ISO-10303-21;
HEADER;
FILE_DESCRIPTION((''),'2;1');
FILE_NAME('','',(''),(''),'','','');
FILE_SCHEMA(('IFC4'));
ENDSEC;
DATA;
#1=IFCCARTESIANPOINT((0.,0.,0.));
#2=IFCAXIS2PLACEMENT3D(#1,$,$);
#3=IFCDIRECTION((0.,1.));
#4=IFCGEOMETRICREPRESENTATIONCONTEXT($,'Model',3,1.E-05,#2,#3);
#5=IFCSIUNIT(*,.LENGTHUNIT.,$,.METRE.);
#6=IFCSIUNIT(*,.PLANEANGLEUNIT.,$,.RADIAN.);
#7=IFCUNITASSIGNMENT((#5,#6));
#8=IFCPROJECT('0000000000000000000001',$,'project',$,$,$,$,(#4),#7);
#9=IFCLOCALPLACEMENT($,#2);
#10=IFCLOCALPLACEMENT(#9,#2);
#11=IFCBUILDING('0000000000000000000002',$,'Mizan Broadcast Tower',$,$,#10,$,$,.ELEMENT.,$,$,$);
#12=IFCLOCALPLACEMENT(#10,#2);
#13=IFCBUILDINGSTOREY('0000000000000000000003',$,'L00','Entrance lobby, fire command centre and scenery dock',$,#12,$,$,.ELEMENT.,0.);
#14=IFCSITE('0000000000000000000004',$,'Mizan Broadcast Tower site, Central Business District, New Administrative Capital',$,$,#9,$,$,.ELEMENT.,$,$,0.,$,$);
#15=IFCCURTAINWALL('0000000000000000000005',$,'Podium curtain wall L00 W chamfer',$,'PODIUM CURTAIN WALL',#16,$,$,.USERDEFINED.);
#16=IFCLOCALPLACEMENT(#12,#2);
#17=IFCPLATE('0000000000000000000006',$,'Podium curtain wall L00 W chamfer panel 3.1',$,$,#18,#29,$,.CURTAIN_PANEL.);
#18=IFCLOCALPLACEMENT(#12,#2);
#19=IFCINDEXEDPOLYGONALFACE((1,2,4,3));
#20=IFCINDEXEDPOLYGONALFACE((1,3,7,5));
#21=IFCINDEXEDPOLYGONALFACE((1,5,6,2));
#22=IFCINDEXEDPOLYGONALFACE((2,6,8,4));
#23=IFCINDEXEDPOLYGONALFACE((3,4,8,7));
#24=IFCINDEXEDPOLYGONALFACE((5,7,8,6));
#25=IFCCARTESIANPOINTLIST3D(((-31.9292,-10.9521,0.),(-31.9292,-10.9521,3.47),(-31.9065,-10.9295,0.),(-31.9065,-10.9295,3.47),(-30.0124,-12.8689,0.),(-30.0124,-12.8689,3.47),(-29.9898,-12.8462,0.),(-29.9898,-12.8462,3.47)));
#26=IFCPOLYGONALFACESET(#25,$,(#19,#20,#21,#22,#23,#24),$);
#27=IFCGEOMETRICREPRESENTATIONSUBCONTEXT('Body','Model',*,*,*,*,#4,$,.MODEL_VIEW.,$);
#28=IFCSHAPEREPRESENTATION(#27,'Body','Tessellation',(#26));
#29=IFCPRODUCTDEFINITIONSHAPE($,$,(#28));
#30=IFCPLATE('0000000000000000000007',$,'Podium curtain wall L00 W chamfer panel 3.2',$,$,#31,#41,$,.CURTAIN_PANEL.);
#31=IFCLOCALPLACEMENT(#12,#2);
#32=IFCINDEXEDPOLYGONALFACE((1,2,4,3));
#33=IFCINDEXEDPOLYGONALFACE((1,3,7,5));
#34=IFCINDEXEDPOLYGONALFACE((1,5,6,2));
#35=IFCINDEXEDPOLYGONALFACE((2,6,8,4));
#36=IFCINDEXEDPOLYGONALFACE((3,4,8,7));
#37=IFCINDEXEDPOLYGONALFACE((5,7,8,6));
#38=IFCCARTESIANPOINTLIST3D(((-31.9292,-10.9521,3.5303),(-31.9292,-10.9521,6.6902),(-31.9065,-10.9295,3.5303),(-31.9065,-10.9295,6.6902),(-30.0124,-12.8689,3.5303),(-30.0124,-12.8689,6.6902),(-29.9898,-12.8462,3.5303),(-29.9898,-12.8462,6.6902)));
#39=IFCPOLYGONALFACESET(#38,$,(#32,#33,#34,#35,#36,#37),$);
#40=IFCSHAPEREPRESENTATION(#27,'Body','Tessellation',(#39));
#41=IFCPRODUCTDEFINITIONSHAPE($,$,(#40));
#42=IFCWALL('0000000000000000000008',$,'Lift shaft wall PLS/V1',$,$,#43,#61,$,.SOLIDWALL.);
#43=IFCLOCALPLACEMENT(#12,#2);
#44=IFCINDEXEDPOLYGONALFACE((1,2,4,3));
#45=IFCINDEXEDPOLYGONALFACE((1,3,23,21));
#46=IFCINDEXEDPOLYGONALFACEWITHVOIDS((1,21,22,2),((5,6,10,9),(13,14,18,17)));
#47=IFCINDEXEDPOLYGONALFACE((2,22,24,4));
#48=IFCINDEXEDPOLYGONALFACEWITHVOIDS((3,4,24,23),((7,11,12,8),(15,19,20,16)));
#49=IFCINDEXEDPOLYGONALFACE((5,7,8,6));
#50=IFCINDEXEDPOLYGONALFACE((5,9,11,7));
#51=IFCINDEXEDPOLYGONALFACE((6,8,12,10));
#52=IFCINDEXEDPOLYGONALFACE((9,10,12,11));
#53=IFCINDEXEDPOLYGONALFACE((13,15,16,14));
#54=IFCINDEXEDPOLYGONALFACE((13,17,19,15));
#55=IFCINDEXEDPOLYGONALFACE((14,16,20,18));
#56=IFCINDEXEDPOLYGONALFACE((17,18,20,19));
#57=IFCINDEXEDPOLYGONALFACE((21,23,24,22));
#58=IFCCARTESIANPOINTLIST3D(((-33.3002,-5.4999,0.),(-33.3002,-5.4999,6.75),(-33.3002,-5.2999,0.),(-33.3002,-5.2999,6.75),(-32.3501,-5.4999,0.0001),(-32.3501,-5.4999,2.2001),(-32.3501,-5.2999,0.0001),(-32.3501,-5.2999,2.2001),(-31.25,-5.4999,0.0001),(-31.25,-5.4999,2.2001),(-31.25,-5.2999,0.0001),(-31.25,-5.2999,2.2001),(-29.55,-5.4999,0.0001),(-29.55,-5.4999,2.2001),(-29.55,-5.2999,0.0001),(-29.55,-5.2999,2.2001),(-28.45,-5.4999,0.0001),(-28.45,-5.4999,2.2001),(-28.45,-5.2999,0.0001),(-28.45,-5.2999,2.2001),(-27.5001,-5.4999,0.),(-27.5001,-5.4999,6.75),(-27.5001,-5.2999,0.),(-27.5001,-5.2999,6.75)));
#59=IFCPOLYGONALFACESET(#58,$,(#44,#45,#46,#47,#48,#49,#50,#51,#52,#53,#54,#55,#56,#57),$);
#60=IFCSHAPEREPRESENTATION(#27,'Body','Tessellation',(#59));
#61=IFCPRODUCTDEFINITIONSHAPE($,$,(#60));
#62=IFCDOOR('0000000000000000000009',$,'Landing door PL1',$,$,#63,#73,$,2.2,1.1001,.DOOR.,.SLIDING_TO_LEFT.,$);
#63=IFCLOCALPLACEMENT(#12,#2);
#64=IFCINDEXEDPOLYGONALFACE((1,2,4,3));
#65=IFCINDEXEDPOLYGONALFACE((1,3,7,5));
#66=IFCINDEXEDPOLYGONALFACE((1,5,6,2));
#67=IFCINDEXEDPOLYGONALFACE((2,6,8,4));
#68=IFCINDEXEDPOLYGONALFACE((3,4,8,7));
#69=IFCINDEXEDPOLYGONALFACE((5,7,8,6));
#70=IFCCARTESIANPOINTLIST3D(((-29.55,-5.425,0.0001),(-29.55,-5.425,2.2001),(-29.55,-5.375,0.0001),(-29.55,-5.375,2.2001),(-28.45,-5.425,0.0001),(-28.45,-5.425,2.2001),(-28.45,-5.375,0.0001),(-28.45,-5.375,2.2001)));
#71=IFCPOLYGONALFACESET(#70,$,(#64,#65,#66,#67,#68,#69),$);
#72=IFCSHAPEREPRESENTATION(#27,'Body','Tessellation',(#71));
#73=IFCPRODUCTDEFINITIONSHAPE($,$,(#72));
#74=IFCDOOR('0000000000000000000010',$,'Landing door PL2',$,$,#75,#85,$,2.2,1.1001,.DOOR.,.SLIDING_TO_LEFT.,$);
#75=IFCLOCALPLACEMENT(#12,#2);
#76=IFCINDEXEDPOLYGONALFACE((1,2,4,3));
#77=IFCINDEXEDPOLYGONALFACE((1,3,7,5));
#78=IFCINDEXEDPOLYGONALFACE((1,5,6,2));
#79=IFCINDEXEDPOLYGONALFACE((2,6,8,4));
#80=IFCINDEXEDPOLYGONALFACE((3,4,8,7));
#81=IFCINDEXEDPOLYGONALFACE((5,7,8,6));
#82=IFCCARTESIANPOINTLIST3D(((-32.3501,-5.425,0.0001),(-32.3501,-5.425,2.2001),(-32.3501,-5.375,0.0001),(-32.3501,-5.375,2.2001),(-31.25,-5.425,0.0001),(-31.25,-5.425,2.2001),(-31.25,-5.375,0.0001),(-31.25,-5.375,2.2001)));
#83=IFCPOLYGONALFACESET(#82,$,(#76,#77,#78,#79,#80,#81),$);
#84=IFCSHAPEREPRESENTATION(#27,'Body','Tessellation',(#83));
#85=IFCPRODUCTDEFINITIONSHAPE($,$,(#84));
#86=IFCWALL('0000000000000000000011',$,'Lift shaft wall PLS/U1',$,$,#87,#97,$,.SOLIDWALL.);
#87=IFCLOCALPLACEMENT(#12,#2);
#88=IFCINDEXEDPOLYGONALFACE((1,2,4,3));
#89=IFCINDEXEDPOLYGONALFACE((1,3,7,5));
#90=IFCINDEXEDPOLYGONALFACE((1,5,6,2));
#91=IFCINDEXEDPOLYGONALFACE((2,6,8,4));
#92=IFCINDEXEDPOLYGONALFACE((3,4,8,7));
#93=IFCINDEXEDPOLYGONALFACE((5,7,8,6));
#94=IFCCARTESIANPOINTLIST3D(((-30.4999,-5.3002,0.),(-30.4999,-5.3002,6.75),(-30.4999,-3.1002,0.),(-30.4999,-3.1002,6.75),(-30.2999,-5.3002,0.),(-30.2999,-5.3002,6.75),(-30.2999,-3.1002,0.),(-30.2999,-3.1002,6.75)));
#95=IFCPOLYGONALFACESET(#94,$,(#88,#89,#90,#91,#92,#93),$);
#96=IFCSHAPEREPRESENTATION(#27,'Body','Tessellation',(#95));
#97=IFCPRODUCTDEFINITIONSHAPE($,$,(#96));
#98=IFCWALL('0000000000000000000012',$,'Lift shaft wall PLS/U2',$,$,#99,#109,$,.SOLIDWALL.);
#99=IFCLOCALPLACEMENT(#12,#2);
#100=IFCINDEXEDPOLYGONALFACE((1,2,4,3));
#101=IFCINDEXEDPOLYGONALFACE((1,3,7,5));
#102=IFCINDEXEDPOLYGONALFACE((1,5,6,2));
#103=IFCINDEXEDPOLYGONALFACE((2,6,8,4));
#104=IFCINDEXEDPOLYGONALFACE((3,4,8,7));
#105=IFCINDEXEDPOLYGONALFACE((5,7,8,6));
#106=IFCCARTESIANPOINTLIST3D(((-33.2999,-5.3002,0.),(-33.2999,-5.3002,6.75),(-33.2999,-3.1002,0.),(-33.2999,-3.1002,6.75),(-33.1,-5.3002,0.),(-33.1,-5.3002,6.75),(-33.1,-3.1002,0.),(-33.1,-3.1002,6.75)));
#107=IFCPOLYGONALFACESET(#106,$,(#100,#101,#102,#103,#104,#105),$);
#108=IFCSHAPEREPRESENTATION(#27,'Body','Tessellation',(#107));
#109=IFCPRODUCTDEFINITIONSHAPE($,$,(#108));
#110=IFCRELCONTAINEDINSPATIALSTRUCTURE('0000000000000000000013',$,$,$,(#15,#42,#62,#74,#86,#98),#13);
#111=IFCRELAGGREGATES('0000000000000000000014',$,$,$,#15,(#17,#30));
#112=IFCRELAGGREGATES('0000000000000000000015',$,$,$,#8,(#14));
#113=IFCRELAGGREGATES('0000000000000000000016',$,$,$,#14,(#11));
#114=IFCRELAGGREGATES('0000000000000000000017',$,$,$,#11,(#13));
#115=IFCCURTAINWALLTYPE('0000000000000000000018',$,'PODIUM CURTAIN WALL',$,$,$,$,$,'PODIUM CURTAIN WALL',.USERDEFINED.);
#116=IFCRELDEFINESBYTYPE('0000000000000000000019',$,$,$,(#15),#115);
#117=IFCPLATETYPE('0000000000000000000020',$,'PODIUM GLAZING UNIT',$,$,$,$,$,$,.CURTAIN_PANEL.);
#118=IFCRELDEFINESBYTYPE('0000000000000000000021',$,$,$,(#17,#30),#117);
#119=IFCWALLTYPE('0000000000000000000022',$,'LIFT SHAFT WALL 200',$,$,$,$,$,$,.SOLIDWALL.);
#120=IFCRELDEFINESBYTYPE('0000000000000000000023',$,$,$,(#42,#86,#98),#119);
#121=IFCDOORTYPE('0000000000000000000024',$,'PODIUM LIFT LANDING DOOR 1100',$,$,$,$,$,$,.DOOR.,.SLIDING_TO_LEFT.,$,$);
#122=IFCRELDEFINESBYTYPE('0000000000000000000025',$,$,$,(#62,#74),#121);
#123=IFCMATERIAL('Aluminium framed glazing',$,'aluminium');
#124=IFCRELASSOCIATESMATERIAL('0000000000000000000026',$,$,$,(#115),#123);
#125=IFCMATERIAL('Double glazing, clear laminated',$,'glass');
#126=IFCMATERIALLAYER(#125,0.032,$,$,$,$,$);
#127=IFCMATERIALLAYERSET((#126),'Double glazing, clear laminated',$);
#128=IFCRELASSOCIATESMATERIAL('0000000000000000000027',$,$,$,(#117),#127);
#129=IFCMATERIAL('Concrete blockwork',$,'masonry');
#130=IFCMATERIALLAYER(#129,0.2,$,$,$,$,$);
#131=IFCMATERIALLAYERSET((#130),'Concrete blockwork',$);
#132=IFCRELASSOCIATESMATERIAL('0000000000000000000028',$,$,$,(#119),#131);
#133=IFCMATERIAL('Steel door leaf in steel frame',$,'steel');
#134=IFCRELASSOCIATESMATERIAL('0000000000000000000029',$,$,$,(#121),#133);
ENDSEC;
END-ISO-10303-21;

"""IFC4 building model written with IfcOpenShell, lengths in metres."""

from ifc_helpers import new_model, si_unit, direction, frame, frame_2d, origin, origin_2d, place, context, subcontext, project, spatial, rectangle, extrude, material, layer, layer_set, type_object, element, fill, aggregate, save


model = new_model("IFC4")

# Units and contexts
model_context = context("Model", 3, precision=1e-05, world=origin(), true_north=direction((0.0, 1.0)))
body_context = subcontext(model_context, "Body", "Model", "MODEL_VIEW")
ifc_project = project(units=[si_unit("LENGTHUNIT", "METRE"), si_unit("PLANEANGLEUNIT", "RADIAN")], contexts=[model_context])

# Site, building, storey
site_placement = place(None, origin())
site = spatial("IfcSite", under=ifc_project, at=site_placement, Name="Mizan Broadcast Tower site, Central Business District, New Administrative Capital", CompositionType="ELEMENT", RefElevation=0.0)
building_placement = place(site_placement, origin())
building = spatial("IfcBuilding", under=site, at=building_placement, Name="Mizan Broadcast Tower", CompositionType="ELEMENT")
storey_placement = place(building_placement, origin())
storey = spatial("IfcBuildingStorey", under=building, at=storey_placement, Name="L00", Description="Entrance lobby, fire command centre and scenery dock", CompositionType="ELEMENT", Elevation=0.0)

# Curtain wall, plates
ifc_material_1 = material(Name="Aluminium framed glazing", Category="aluminium")
curtain_wall_type = type_object("IfcCurtainWallType", Name="PODIUM CURTAIN WALL", ElementType="PODIUM CURTAIN WALL", PredefinedType="USERDEFINED", material=ifc_material_1)
curtain_wall_placement = place(storey_placement, origin())
curtain_wall = element("IfcCurtainWall", 1, at=curtain_wall_placement, inside=storey, type_object=curtain_wall_type, Name="Podium curtain wall L00 W chamfer", ObjectType="PODIUM CURTAIN WALL", PredefinedType="USERDEFINED")
ifc_material_2 = material(Name="Double glazing, clear laminated", Category="glass")
ifc_layer_1 = layer(ifc_material_2, 0.032)
ifc_layer_set_1 = layer_set([ifc_layer_1], Name="Double glazing, clear laminated")
plate_type = type_object("IfcPlateType", Name="PODIUM GLAZING UNIT", PredefinedType="CURTAIN_PANEL", material=ifc_layer_set_1)
plate_1_placement = place(storey_placement, frame((-30.9595, -11.8992, 0.0), z_axis=(0.0, 0.0, 1.0), x_axis=(0.707107, -0.707107, 0.0)))
plate_1 = element("IfcPlate", 2, at=plate_1_placement, type_object=plate_type, Name="Podium curtain wall L00 W chamfer panel 3.1", PredefinedType="CURTAIN_PANEL", context=body_context, shape_type="SweptSolid", body=[
    extrude(rectangle(XDim=2.7107, YDim=0.032, at=origin_2d()), origin(), (0.0, 0.0, 1.0), 3.47),
])
plate_2_placement = place(storey_placement, frame((-30.9595, -11.8992, 3.5303), z_axis=(0.0, 0.0, 1.0), x_axis=(0.707107, -0.707107, 0.0)))
plate_2 = element("IfcPlate", 3, at=plate_2_placement, type_object=plate_type, Name="Podium curtain wall L00 W chamfer panel 3.2", PredefinedType="CURTAIN_PANEL", context=body_context, shape_type="SweptSolid", body=[
    extrude(rectangle(XDim=2.7107, YDim=0.032, at=origin_2d()), origin(), (0.0, 0.0, 1.0), 3.1599),
])
aggregate(curtain_wall, [plate_1, plate_2])

# Wall, openings, doors
ifc_material_3 = material(Name="Concrete blockwork", Category="masonry")
ifc_layer_2 = layer(ifc_material_3, 0.2)
ifc_layer_set_2 = layer_set([ifc_layer_2], Name="Concrete blockwork")
wall_type = type_object("IfcWallType", Name="LIFT SHAFT WALL 200", PredefinedType="SOLIDWALL", material=ifc_layer_set_2)
wall_placement = place(storey_placement, frame((-33.3, -5.3999, 0.0), z_axis=(0.0, 0.0, 1.0), x_axis=(1.0, 0.0, 0.0)))
wall = element("IfcWall", 4, at=wall_placement, inside=storey, type_object=wall_type, Name="Lift shaft wall PLS/V1", PredefinedType="SOLIDWALL", context=body_context, shape_type="SweptSolid", body=[
    extrude(rectangle(XDim=5.8, YDim=0.2, at=frame_2d((2.8999, 0.0))), origin(), (0.0, 0.0, 1.0), 6.75),
])
opening_1_placement = place(wall_placement, frame((3.75, 0.0, 0.0)))
opening_1 = element("IfcOpeningElement", 5, at=opening_1_placement, cuts=wall, PredefinedType="OPENING", context=body_context, shape_type="SweptSolid", body=[
    extrude(rectangle(XDim=1.1001, YDim=2.2, at=frame_2d((0.55, 1.1001))), frame((0.0, 0.1099, 0.0), z_axis=(0.0, -1.0, 0.0), x_axis=(1.0, 0.0, 0.0)), (0.0, 0.0, 1.0), 0.22),
])
opening_2_placement = place(wall_placement, frame((0.95, 0.0, 0.0)))
opening_2 = element("IfcOpeningElement", 6, at=opening_2_placement, cuts=wall, PredefinedType="OPENING", context=body_context, shape_type="SweptSolid", body=[
    extrude(rectangle(XDim=1.1001, YDim=2.2, at=frame_2d((0.55, 1.1001))), frame((0.0, 0.1099, 0.0), z_axis=(0.0, -1.0, 0.0), x_axis=(1.0, 0.0, 0.0)), (0.0, 0.0, 1.0), 0.22),
])
ifc_material_4 = material(Name="Steel door leaf in steel frame", Category="steel")
door_type = type_object("IfcDoorType", Name="PODIUM LIFT LANDING DOOR 1100", OperationType="SLIDING_TO_LEFT", PredefinedType="DOOR", material=ifc_material_4)
door_1_placement = place(opening_1_placement, origin())
door_1 = element("IfcDoor", 7, at=door_1_placement, inside=storey, type_object=door_type, Name="Landing door PL1", OperationType="SLIDING_TO_LEFT", OverallHeight=2.2, OverallWidth=1.1001, PredefinedType="DOOR", context=body_context, shape_type="SweptSolid", body=[
    extrude(rectangle(XDim=1.1001, YDim=2.2, at=frame_2d((0.55, 1.1001))), frame((0.0, 0.0249, 0.0), z_axis=(0.0, -1.0, 0.0), x_axis=(1.0, 0.0, 0.0)), (0.0, 0.0, 1.0), 0.05),
])
fill(opening_1, door_1)
door_2_placement = place(opening_2_placement, origin())
door_2 = element("IfcDoor", 8, at=door_2_placement, inside=storey, type_object=door_type, Name="Landing door PL2", OperationType="SLIDING_TO_LEFT", OverallHeight=2.2, OverallWidth=1.1001, PredefinedType="DOOR", context=body_context, shape_type="SweptSolid", body=[
    extrude(rectangle(XDim=1.1001, YDim=2.2, at=frame_2d((0.55, 1.1001))), frame((0.0, 0.0249, 0.0), z_axis=(0.0, -1.0, 0.0), x_axis=(1.0, 0.0, 0.0)), (0.0, 0.0, 1.0), 0.05),
])
fill(opening_2, door_2)

# Walls
for number, where, z_axis, x_axis, name in (
    (9, (-30.3999, -3.1001, 0.0), (0.0, 0.0, 1.0), (0.0, -1.0, 0.0), "Lift shaft wall PLS/U1"),
    (10, (-33.2, -3.1001, 0.0), (0.0, 0.0, 1.0), (0.0, -1.0, 0.0), "Lift shaft wall PLS/U2"),
):
    element("IfcWall", number, at=place(storey_placement, frame(where, z_axis=z_axis, x_axis=x_axis)), inside=storey, type_object=wall_type, Name=name, PredefinedType="SOLIDWALL", context=body_context, shape_type="SweptSolid", body=[
        extrude(rectangle(XDim=2.2, YDim=0.2, at=frame_2d((1.1001, 0.0))), origin(), (0.0, 0.0, 1.0), 6.75),
    ])

save(model, "model.ifc")
